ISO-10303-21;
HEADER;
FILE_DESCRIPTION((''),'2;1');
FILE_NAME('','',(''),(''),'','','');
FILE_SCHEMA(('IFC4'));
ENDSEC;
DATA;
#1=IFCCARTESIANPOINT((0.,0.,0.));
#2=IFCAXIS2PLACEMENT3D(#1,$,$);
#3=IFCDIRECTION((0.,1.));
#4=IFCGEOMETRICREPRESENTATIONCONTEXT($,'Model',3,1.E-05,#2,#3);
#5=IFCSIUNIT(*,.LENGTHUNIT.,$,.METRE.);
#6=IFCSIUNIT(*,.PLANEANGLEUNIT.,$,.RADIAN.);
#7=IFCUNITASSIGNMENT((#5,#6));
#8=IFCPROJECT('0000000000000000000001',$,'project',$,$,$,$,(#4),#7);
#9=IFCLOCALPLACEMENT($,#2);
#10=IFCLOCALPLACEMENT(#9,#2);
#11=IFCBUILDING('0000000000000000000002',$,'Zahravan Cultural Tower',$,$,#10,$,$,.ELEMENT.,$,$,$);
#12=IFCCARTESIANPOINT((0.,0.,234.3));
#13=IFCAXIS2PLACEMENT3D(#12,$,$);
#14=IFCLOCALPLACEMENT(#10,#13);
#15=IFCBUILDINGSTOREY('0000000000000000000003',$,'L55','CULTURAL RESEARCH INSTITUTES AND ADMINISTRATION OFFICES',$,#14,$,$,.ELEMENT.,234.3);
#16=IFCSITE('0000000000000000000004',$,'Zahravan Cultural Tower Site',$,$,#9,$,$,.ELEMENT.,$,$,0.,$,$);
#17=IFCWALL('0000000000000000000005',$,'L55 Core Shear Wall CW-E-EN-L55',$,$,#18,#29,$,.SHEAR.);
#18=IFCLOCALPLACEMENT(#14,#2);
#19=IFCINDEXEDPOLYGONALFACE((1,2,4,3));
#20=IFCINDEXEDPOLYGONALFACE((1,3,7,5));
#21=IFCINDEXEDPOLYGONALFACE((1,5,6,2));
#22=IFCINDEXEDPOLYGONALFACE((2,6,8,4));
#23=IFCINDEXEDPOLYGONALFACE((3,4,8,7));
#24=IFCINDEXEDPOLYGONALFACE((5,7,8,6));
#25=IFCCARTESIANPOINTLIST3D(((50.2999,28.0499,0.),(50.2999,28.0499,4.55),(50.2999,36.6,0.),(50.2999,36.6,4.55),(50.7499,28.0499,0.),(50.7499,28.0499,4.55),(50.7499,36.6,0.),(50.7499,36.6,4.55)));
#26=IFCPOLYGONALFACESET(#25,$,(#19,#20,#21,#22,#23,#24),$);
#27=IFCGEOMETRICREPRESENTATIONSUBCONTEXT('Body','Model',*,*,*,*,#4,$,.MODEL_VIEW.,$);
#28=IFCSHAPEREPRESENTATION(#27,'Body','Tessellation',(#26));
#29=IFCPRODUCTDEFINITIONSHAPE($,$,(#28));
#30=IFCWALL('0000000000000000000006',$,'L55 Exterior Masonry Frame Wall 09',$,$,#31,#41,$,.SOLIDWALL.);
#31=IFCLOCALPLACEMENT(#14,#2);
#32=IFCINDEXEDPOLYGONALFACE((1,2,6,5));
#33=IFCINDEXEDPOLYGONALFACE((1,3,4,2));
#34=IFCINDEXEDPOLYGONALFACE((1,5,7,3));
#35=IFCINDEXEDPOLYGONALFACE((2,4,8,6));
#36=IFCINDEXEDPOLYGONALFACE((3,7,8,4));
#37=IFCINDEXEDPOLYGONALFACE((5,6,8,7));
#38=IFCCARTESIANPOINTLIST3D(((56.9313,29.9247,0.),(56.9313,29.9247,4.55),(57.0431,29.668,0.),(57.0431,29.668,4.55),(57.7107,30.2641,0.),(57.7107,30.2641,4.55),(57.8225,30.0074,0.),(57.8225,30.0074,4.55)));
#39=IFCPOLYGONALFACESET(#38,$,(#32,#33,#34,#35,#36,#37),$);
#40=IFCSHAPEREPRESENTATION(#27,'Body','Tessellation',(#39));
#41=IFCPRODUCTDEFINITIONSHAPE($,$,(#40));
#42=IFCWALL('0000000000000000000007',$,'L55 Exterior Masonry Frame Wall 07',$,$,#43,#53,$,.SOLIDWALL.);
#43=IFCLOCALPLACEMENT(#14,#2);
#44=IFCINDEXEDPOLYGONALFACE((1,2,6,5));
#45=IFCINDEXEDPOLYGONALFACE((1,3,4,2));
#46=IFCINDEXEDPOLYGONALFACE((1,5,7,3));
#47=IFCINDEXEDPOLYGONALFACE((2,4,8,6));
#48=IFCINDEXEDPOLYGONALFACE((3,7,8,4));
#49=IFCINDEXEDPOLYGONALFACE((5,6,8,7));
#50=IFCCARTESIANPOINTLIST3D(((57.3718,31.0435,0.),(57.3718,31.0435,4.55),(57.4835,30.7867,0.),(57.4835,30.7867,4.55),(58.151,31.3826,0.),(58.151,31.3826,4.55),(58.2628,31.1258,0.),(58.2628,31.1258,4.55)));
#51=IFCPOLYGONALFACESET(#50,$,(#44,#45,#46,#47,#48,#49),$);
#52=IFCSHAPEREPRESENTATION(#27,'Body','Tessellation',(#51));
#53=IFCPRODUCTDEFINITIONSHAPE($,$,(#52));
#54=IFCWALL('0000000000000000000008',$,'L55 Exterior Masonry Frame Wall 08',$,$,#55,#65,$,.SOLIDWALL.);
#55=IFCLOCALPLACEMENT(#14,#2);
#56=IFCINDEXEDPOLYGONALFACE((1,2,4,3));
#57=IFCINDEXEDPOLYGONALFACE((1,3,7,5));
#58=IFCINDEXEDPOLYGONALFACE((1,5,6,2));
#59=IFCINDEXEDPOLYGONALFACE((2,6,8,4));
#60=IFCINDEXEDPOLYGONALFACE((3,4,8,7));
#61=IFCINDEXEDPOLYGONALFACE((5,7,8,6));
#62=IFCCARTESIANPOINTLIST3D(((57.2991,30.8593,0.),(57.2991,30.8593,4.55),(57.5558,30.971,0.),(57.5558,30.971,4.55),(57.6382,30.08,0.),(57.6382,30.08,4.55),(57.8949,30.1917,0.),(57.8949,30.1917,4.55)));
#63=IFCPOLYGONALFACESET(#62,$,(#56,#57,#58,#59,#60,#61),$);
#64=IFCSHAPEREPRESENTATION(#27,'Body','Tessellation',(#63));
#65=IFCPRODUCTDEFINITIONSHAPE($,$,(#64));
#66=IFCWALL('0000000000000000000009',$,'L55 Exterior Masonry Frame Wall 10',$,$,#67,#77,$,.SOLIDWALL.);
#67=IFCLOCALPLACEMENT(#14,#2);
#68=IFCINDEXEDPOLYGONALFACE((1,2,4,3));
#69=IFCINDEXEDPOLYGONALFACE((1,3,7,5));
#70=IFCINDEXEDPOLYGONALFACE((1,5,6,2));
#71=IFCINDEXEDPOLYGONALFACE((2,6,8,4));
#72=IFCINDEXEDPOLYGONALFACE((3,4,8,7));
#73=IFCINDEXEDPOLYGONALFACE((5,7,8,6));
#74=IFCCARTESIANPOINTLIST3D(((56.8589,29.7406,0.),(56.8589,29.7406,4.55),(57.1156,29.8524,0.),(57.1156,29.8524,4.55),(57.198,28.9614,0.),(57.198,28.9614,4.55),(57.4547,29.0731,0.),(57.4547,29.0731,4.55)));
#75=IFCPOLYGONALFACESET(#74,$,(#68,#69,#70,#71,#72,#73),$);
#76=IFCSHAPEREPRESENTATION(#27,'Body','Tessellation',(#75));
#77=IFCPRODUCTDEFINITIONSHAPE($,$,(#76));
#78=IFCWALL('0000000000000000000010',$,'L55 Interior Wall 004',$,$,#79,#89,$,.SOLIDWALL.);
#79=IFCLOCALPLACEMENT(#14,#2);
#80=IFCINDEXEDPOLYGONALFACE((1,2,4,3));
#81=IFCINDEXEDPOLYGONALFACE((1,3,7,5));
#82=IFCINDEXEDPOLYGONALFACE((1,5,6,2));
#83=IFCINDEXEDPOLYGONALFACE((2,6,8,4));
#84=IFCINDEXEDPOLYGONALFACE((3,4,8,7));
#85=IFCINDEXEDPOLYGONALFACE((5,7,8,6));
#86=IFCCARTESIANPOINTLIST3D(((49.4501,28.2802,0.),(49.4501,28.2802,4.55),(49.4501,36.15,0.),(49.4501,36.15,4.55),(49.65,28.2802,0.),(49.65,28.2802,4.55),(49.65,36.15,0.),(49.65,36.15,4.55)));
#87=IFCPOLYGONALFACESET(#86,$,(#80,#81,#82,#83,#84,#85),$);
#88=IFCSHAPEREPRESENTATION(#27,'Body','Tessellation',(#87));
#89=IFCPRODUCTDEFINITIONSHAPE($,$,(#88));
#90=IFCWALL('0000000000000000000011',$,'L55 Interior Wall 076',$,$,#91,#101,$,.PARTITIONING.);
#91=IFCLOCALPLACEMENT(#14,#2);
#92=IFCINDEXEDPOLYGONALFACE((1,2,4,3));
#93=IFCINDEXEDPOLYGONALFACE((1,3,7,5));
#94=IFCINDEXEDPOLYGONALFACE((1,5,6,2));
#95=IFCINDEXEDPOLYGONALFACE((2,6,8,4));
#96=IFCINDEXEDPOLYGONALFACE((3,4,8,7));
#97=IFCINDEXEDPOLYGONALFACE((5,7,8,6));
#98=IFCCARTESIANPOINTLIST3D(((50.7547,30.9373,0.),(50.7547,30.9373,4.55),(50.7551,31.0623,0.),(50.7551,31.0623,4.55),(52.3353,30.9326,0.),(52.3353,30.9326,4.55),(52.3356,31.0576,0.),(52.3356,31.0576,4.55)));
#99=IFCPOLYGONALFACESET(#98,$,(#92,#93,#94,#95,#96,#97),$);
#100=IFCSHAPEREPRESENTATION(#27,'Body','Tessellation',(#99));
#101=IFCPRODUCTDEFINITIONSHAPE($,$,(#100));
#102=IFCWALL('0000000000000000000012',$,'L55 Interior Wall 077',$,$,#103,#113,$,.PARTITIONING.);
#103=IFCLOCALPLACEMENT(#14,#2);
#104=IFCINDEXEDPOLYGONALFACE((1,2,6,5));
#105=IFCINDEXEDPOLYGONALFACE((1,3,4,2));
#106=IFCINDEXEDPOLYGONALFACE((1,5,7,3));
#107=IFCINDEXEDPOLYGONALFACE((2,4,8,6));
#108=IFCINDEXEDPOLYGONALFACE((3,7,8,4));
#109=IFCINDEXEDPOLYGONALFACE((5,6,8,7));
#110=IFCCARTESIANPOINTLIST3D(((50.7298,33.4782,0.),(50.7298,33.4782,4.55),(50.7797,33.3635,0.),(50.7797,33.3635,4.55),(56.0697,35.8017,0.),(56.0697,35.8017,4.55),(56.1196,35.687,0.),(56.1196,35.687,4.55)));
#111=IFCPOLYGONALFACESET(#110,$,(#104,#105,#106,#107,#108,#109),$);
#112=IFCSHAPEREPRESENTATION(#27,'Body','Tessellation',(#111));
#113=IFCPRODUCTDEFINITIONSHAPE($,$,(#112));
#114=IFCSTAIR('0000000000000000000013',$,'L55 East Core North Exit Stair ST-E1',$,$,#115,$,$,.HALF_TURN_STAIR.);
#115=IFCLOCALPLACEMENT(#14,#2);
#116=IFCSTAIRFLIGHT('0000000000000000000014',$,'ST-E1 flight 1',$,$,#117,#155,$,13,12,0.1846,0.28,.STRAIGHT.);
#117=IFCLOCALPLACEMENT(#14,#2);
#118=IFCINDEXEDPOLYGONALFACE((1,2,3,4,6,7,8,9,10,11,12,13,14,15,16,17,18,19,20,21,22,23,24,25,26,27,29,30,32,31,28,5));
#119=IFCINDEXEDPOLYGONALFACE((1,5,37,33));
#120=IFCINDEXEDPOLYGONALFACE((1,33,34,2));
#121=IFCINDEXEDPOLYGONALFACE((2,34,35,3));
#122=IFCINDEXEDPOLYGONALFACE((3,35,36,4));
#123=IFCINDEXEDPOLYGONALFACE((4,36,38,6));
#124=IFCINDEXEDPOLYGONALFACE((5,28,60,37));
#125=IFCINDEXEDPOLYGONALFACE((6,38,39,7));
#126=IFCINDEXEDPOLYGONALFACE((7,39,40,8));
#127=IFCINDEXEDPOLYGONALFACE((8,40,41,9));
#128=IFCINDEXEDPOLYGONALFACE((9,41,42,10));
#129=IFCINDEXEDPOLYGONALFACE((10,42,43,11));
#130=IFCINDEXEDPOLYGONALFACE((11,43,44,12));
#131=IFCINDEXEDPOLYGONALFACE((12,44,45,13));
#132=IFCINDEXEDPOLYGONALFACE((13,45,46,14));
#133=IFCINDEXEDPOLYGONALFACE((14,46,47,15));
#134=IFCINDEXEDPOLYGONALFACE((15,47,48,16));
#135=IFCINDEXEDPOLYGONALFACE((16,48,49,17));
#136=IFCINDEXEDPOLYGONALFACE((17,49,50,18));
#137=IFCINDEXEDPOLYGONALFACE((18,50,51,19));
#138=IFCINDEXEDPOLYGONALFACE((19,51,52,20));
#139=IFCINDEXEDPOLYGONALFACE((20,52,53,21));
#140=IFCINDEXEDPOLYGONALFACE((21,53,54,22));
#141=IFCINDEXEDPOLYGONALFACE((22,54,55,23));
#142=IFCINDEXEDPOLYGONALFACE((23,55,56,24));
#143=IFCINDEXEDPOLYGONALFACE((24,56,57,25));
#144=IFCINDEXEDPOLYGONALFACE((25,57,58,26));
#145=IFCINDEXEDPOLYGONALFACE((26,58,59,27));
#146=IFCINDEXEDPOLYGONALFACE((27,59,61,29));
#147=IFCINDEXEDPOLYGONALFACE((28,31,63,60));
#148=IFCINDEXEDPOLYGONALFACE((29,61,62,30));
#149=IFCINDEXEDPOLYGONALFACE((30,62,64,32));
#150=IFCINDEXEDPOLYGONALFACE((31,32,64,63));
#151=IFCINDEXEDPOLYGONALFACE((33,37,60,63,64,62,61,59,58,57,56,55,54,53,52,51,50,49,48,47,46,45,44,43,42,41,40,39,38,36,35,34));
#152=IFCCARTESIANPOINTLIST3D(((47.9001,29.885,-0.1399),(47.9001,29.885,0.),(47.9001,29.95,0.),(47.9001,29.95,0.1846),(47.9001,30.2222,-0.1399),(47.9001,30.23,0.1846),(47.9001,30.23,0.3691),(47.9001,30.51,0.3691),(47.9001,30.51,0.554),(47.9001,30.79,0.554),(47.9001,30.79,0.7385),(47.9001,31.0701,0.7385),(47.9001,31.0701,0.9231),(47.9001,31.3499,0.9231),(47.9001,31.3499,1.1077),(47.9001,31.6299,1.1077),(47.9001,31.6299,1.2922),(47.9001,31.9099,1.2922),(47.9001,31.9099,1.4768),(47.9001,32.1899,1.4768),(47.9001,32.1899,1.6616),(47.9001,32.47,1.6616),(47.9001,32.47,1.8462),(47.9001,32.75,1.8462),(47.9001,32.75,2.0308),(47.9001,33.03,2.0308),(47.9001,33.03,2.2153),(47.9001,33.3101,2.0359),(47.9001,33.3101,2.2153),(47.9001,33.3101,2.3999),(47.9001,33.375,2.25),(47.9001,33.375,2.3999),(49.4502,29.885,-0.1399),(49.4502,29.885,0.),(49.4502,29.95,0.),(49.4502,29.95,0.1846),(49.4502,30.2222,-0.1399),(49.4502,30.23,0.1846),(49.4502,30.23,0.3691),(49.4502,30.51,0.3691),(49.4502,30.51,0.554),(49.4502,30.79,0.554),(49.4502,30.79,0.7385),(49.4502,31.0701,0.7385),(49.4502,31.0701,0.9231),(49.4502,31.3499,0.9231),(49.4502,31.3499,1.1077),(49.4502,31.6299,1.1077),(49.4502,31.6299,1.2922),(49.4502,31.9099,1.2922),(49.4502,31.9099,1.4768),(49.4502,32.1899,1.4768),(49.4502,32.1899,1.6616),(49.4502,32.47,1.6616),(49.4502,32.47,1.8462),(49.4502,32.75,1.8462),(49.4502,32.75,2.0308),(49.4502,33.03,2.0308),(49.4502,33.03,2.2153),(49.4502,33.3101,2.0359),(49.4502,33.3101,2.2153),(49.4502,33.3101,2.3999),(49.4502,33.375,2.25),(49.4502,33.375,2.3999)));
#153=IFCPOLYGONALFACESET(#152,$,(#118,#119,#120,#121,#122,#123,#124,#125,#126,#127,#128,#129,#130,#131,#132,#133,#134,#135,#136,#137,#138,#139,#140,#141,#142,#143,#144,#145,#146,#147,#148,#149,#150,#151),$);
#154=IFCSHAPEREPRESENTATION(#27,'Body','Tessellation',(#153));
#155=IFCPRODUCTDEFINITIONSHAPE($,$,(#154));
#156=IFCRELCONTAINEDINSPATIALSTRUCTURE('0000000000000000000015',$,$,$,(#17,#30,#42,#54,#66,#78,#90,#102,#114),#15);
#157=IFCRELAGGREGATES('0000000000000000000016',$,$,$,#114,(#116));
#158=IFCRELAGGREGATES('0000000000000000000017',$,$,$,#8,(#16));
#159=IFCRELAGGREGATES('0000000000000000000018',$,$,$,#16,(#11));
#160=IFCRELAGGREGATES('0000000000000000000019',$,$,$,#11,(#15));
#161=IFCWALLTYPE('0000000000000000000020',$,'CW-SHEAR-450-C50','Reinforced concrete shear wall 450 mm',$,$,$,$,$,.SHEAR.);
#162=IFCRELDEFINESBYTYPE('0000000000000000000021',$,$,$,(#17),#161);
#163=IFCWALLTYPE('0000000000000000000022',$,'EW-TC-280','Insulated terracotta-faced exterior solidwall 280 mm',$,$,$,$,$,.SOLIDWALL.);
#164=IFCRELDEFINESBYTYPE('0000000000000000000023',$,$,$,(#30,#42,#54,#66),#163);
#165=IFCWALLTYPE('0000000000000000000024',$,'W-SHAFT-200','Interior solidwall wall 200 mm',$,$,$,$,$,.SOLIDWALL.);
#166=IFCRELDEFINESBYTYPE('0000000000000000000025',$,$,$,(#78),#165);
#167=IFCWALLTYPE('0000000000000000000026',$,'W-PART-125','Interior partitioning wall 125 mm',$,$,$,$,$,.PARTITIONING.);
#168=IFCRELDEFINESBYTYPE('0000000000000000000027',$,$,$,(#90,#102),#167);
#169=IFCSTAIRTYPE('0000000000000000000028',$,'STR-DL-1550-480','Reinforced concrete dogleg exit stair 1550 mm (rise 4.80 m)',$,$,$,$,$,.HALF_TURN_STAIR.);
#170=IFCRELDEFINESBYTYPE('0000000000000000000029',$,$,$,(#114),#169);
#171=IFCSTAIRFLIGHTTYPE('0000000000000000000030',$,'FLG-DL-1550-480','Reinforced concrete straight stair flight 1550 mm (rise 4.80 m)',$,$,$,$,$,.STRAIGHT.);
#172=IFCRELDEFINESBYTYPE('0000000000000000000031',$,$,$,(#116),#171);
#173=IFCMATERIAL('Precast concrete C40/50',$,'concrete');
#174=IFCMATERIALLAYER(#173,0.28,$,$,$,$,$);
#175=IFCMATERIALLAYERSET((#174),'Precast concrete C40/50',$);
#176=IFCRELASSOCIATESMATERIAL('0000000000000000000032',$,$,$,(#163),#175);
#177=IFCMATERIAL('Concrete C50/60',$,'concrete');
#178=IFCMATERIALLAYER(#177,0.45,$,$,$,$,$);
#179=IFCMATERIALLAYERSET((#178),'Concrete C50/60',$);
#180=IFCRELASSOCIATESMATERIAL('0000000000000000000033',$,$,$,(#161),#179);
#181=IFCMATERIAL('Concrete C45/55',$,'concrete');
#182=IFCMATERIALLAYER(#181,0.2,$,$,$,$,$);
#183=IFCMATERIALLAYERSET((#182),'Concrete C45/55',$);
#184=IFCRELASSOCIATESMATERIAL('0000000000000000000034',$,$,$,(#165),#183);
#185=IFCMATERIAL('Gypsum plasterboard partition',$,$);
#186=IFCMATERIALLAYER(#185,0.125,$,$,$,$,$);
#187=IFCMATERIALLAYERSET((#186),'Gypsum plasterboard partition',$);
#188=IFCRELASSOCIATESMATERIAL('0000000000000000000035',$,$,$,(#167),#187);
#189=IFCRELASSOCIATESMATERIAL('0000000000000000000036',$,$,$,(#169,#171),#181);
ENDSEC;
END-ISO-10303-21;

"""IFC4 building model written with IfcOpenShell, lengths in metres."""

from ifc_helpers import new_model, si_unit, direction, frame, frame_2d, origin, place, context, subcontext, project, spatial, polyline, rectangle, outline, extrude, source, transform, mapped, material, layer, layer_set, type_object, element, aggregate, save


model = new_model("IFC4")

# Units and contexts
model_context = context("Model", 3, precision=1e-05, world=origin(), true_north=direction((0.0, 1.0)))
body_context = subcontext(model_context, "Body", "Model", "MODEL_VIEW")
ifc_project = project(units=[si_unit("LENGTHUNIT", "METRE"), si_unit("PLANEANGLEUNIT", "RADIAN")], contexts=[model_context])

# Site, building, storey
site_placement = place(None, origin())
site = spatial("IfcSite", under=ifc_project, at=site_placement, Name="Zahravan Cultural Tower Site", CompositionType="ELEMENT", RefElevation=0.0)
building_placement = place(site_placement, origin())
building = spatial("IfcBuilding", under=site, at=building_placement, Name="Zahravan Cultural Tower", CompositionType="ELEMENT")
storey_placement = place(building_placement, frame((0.0, 0.0, 234.3)))
storey = spatial("IfcBuildingStorey", under=building, at=storey_placement, Name="L55", Description="CULTURAL RESEARCH INSTITUTES AND ADMINISTRATION OFFICES", CompositionType="ELEMENT", Elevation=234.3)

# Shared definitions
ifc_material_1 = material(Name="Concrete C50/60", Category="concrete")

# Shared definitions
ifc_material_2 = material(Name="Precast concrete C40/50", Category="concrete")
ifc_layer_1 = layer(ifc_material_2, 0.28)
ifc_layer_set_1 = layer_set([ifc_layer_1], Name="Precast concrete C40/50")
wall_type_1 = type_object("IfcWallType", Name="EW-TC-280", Description="Insulated terracotta-faced exterior solidwall 280 mm", PredefinedType="SOLIDWALL", material=ifc_layer_set_1)

# Walls
ifc_layer_2 = layer(ifc_material_1, 0.45)
ifc_layer_set_2 = layer_set([ifc_layer_2], Name="Concrete C50/60")
wall_type_2 = type_object("IfcWallType", Name="CW-SHEAR-450-C50", Description="Reinforced concrete shear wall 450 mm", PredefinedType="SHEAR", material=ifc_layer_set_2)
shared_shape_1 = source(origin(), body_context, "Body", "SweptSolid", [
    extrude(rectangle(XDim=8.55, YDim=0.45, at=frame_2d((4.2749, 0.0))), origin(), (0.0, 0.0, 1.0), 4.55),
])
wall_1_placement = place(storey_placement, frame((50.5249, 28.05, 0.0), z_axis=(0.0, 0.0, 1.0), x_axis=(0.0, 1.0, 0.0)))
element("IfcWall", 1, at=wall_1_placement, inside=storey, type_object=wall_type_2, Name="L55 Core Shear Wall CW-E-EN-L55", PredefinedType="SHEAR", context=body_context, shape_type="MappedRepresentation", body=[
    mapped(shared_shape_1, transform((0.0, 0.0, 0.0), x_axis=(1.0, 0.0, 0.0), y_axis=(0.0, 1.0, 0.0), z_axis=(0.0, 0.0, 1.0), scale=1.0)),
])
shared_shape_2 = source(origin(), body_context, "Body", "SweptSolid", [
    extrude(rectangle(XDim=0.8501, YDim=0.28, at=frame_2d((0.425, 0.0))), origin(), (0.0, 0.0, 1.0), 4.55),
])
wall_2_placement = place(storey_placement, frame((57.7666, 30.1357, 0.0), z_axis=(0.0, 0.0, 1.0), x_axis=(-0.916842, -0.399251, 0.0)))
element("IfcWall", 2, at=wall_2_placement, inside=storey, type_object=wall_type_1, Name="L55 Exterior Masonry Frame Wall 09", PredefinedType="SOLIDWALL", context=body_context, shape_type="MappedRepresentation", body=[
    mapped(shared_shape_2, transform((0.0, 0.0, 0.0), x_axis=(1.0, 0.0, 0.0), y_axis=(0.0, 1.0, 0.0), z_axis=(0.0, 0.0, 1.0), scale=1.0)),
])
shared_shape_3 = source(origin(), body_context, "Body", "SweptSolid", [
    extrude(rectangle(XDim=0.8499, YDim=0.28, at=frame_2d((0.4248, 0.0))), origin(), (0.0, 0.0, 1.0), 4.55),
])
for number, where, z_axis, x_axis, name in (
    (3, (58.2068, 31.2542, 0.0), (0.0, 0.0, 1.0), (-0.916947, -0.39901, 0.0), "L55 Exterior Masonry Frame Wall 07"),
    (4, (57.4275, 30.915, 0.0), (0.0, 0.0, 1.0), (0.39901, -0.916947, 0.0), "L55 Exterior Masonry Frame Wall 08"),
    (5, (56.9873, 29.7964, 0.0), (0.0, 0.0, 1.0), (0.39901, -0.916947, 0.0), "L55 Exterior Masonry Frame Wall 10"),
):
    element("IfcWall", number, at=place(storey_placement, frame(where, z_axis=z_axis, x_axis=x_axis)), inside=storey, type_object=wall_type_1, Name=name, PredefinedType="SOLIDWALL", context=body_context, shape_type="MappedRepresentation", body=[
        mapped(shared_shape_3, transform((0.0, 0.0, 0.0), x_axis=(1.0, 0.0, 0.0), y_axis=(0.0, 1.0, 0.0), z_axis=(0.0, 0.0, 1.0), scale=1.0)),
    ])
ifc_material_3 = material(Name="Concrete C45/55", Category="concrete")
ifc_layer_3 = layer(ifc_material_3, 0.2)
ifc_layer_set_3 = layer_set([ifc_layer_3], Name="Concrete C45/55")
wall_type_3 = type_object("IfcWallType", Name="W-SHAFT-200", Description="Interior solidwall wall 200 mm", PredefinedType="SOLIDWALL", material=ifc_layer_set_3)
shared_shape_4 = source(origin(), body_context, "Body", "SweptSolid", [
    extrude(rectangle(XDim=7.8699, YDim=0.2, at=frame_2d((3.9351, 0.0))), origin(), (0.0, 0.0, 1.0), 4.55),
])
wall_3_placement = place(storey_placement, frame((49.55, 28.28, 0.0), z_axis=(0.0, 0.0, 1.0), x_axis=(0.0, 1.0, 0.0)))
element("IfcWall", 6, at=wall_3_placement, inside=storey, type_object=wall_type_3, Name="L55 Interior Wall 004", PredefinedType="SOLIDWALL", context=body_context, shape_type="MappedRepresentation", body=[
    mapped(shared_shape_4, transform((0.0, 0.0, 0.0), x_axis=(1.0, 0.0, 0.0), y_axis=(0.0, 1.0, 0.0), z_axis=(0.0, 0.0, 1.0), scale=1.0)),
])
ifc_material_4 = material(Name="Gypsum plasterboard partition")
ifc_layer_4 = layer(ifc_material_4, 0.125)
ifc_layer_set_4 = layer_set([ifc_layer_4], Name="Gypsum plasterboard partition")
wall_type_4 = type_object("IfcWallType", Name="W-PART-125", Description="Interior partitioning wall 125 mm", PredefinedType="PARTITIONING", material=ifc_layer_set_4)
shared_shape_5 = source(origin(), body_context, "Body", "SweptSolid", [
    extrude(rectangle(XDim=1.5806, YDim=0.125, at=frame_2d((0.7903, 0.0))), origin(), (0.0, 0.0, 1.0), 4.55),
])
wall_4_placement = place(storey_placement, frame((52.3354, 30.9951, 0.0), z_axis=(0.0, 0.0, 1.0), x_axis=(-0.999996, 0.002935, 0.0)))
element("IfcWall", 7, at=wall_4_placement, inside=storey, type_object=wall_type_4, Name="L55 Interior Wall 076", PredefinedType="PARTITIONING", context=body_context, shape_type="MappedRepresentation", body=[
    mapped(shared_shape_5, transform((0.0, 0.0, 0.0), x_axis=(1.0, 0.0, 0.0), y_axis=(0.0, 1.0, 0.0), z_axis=(0.0, 0.0, 1.0), scale=1.0)),
])
shared_shape_6 = source(origin(), body_context, "Body", "SweptSolid", [
    extrude(rectangle(XDim=5.8235, YDim=0.125, at=frame_2d((2.9116, 0.0))), origin(), (0.0, 0.0, 1.0), 4.55),
])
wall_5_placement = place(storey_placement, frame((50.7549, 33.4209, 0.0), z_axis=(0.0, 0.0, 1.0), x_axis=(0.916956, 0.398988, 0.0)))
element("IfcWall", 8, at=wall_5_placement, inside=storey, type_object=wall_type_4, Name="L55 Interior Wall 077", PredefinedType="PARTITIONING", context=body_context, shape_type="MappedRepresentation", body=[
    mapped(shared_shape_6, transform((0.0, 0.0, 0.0), x_axis=(1.0, 0.0, 0.0), y_axis=(0.0, 1.0, 0.0), z_axis=(0.0, 0.0, 1.0), scale=1.0)),
])

# Stair, stair flight
stair_type = type_object("IfcStairType", Name="STR-DL-1550-480", Description="Reinforced concrete dogleg exit stair 1550 mm (rise 4.80 m)", PredefinedType="HALF_TURN_STAIR", material=ifc_material_3)
stair_placement = place(storey_placement, origin())
stair = element("IfcStair", 9, at=stair_placement, inside=storey, type_object=stair_type, Name="L55 East Core North Exit Stair ST-E1", PredefinedType="HALF_TURN_STAIR")
stair_flight_type = type_object("IfcStairFlightType", Name="FLG-DL-1550-480", Description="Reinforced concrete straight stair flight 1550 mm (rise 4.80 m)", PredefinedType="STRAIGHT", material=ifc_material_3)
stair_flight_placement = place(storey_placement, frame((48.675, 29.95, 0.0), z_axis=(0.0, 0.0, 1.0), x_axis=(0.0, 1.0, 0.0)))
stair_flight = element("IfcStairFlight", 10, at=stair_flight_placement, type_object=stair_flight_type, Name="ST-E1 flight 1", NumberOfRisers=13, NumberOfTreads=12, PredefinedType="STRAIGHT", RiserHeight=0.1846, TreadLength=0.28, context=body_context, shape_type="SweptSolid", body=[
    extrude(outline(polyline([(-0.0649, -0.1399), (-0.0649, 0.0), (0.0, 0.0), (0.0, 0.1846), (0.28, 0.1846), (0.28, 0.3691), (0.5601, 0.3691), (0.5601, 0.554), (0.8401, 0.554), (0.8401, 0.7385), (1.1201, 0.7385), (1.1201, 0.9231), (1.3999, 0.9231), (1.3999, 1.1077), (1.6799, 1.1077), (1.6799, 1.2922), (1.96, 1.2922), (1.96, 1.4768), (2.24, 1.4768), (2.24, 1.6616), (2.52, 1.6616), (2.52, 1.8462), (2.8, 1.8462), (2.8, 2.0308), (3.0801, 2.0308), (3.0801, 2.2153), (3.3601, 2.2153), (3.3601, 2.3999), (3.425, 2.3999), (3.425, 2.25), (3.3601, 2.0359), (0.2722, -0.1399), (-0.0649, -0.1399)])), frame((0.0, 0.7749, 0.0), z_axis=(0.0, -1.0, 0.0), x_axis=(1.0, 0.0, 0.0)), (0.0, 0.0, 1.0), 1.55),
])
aggregate(stair, [stair_flight])

save(model, "model.ifc")
